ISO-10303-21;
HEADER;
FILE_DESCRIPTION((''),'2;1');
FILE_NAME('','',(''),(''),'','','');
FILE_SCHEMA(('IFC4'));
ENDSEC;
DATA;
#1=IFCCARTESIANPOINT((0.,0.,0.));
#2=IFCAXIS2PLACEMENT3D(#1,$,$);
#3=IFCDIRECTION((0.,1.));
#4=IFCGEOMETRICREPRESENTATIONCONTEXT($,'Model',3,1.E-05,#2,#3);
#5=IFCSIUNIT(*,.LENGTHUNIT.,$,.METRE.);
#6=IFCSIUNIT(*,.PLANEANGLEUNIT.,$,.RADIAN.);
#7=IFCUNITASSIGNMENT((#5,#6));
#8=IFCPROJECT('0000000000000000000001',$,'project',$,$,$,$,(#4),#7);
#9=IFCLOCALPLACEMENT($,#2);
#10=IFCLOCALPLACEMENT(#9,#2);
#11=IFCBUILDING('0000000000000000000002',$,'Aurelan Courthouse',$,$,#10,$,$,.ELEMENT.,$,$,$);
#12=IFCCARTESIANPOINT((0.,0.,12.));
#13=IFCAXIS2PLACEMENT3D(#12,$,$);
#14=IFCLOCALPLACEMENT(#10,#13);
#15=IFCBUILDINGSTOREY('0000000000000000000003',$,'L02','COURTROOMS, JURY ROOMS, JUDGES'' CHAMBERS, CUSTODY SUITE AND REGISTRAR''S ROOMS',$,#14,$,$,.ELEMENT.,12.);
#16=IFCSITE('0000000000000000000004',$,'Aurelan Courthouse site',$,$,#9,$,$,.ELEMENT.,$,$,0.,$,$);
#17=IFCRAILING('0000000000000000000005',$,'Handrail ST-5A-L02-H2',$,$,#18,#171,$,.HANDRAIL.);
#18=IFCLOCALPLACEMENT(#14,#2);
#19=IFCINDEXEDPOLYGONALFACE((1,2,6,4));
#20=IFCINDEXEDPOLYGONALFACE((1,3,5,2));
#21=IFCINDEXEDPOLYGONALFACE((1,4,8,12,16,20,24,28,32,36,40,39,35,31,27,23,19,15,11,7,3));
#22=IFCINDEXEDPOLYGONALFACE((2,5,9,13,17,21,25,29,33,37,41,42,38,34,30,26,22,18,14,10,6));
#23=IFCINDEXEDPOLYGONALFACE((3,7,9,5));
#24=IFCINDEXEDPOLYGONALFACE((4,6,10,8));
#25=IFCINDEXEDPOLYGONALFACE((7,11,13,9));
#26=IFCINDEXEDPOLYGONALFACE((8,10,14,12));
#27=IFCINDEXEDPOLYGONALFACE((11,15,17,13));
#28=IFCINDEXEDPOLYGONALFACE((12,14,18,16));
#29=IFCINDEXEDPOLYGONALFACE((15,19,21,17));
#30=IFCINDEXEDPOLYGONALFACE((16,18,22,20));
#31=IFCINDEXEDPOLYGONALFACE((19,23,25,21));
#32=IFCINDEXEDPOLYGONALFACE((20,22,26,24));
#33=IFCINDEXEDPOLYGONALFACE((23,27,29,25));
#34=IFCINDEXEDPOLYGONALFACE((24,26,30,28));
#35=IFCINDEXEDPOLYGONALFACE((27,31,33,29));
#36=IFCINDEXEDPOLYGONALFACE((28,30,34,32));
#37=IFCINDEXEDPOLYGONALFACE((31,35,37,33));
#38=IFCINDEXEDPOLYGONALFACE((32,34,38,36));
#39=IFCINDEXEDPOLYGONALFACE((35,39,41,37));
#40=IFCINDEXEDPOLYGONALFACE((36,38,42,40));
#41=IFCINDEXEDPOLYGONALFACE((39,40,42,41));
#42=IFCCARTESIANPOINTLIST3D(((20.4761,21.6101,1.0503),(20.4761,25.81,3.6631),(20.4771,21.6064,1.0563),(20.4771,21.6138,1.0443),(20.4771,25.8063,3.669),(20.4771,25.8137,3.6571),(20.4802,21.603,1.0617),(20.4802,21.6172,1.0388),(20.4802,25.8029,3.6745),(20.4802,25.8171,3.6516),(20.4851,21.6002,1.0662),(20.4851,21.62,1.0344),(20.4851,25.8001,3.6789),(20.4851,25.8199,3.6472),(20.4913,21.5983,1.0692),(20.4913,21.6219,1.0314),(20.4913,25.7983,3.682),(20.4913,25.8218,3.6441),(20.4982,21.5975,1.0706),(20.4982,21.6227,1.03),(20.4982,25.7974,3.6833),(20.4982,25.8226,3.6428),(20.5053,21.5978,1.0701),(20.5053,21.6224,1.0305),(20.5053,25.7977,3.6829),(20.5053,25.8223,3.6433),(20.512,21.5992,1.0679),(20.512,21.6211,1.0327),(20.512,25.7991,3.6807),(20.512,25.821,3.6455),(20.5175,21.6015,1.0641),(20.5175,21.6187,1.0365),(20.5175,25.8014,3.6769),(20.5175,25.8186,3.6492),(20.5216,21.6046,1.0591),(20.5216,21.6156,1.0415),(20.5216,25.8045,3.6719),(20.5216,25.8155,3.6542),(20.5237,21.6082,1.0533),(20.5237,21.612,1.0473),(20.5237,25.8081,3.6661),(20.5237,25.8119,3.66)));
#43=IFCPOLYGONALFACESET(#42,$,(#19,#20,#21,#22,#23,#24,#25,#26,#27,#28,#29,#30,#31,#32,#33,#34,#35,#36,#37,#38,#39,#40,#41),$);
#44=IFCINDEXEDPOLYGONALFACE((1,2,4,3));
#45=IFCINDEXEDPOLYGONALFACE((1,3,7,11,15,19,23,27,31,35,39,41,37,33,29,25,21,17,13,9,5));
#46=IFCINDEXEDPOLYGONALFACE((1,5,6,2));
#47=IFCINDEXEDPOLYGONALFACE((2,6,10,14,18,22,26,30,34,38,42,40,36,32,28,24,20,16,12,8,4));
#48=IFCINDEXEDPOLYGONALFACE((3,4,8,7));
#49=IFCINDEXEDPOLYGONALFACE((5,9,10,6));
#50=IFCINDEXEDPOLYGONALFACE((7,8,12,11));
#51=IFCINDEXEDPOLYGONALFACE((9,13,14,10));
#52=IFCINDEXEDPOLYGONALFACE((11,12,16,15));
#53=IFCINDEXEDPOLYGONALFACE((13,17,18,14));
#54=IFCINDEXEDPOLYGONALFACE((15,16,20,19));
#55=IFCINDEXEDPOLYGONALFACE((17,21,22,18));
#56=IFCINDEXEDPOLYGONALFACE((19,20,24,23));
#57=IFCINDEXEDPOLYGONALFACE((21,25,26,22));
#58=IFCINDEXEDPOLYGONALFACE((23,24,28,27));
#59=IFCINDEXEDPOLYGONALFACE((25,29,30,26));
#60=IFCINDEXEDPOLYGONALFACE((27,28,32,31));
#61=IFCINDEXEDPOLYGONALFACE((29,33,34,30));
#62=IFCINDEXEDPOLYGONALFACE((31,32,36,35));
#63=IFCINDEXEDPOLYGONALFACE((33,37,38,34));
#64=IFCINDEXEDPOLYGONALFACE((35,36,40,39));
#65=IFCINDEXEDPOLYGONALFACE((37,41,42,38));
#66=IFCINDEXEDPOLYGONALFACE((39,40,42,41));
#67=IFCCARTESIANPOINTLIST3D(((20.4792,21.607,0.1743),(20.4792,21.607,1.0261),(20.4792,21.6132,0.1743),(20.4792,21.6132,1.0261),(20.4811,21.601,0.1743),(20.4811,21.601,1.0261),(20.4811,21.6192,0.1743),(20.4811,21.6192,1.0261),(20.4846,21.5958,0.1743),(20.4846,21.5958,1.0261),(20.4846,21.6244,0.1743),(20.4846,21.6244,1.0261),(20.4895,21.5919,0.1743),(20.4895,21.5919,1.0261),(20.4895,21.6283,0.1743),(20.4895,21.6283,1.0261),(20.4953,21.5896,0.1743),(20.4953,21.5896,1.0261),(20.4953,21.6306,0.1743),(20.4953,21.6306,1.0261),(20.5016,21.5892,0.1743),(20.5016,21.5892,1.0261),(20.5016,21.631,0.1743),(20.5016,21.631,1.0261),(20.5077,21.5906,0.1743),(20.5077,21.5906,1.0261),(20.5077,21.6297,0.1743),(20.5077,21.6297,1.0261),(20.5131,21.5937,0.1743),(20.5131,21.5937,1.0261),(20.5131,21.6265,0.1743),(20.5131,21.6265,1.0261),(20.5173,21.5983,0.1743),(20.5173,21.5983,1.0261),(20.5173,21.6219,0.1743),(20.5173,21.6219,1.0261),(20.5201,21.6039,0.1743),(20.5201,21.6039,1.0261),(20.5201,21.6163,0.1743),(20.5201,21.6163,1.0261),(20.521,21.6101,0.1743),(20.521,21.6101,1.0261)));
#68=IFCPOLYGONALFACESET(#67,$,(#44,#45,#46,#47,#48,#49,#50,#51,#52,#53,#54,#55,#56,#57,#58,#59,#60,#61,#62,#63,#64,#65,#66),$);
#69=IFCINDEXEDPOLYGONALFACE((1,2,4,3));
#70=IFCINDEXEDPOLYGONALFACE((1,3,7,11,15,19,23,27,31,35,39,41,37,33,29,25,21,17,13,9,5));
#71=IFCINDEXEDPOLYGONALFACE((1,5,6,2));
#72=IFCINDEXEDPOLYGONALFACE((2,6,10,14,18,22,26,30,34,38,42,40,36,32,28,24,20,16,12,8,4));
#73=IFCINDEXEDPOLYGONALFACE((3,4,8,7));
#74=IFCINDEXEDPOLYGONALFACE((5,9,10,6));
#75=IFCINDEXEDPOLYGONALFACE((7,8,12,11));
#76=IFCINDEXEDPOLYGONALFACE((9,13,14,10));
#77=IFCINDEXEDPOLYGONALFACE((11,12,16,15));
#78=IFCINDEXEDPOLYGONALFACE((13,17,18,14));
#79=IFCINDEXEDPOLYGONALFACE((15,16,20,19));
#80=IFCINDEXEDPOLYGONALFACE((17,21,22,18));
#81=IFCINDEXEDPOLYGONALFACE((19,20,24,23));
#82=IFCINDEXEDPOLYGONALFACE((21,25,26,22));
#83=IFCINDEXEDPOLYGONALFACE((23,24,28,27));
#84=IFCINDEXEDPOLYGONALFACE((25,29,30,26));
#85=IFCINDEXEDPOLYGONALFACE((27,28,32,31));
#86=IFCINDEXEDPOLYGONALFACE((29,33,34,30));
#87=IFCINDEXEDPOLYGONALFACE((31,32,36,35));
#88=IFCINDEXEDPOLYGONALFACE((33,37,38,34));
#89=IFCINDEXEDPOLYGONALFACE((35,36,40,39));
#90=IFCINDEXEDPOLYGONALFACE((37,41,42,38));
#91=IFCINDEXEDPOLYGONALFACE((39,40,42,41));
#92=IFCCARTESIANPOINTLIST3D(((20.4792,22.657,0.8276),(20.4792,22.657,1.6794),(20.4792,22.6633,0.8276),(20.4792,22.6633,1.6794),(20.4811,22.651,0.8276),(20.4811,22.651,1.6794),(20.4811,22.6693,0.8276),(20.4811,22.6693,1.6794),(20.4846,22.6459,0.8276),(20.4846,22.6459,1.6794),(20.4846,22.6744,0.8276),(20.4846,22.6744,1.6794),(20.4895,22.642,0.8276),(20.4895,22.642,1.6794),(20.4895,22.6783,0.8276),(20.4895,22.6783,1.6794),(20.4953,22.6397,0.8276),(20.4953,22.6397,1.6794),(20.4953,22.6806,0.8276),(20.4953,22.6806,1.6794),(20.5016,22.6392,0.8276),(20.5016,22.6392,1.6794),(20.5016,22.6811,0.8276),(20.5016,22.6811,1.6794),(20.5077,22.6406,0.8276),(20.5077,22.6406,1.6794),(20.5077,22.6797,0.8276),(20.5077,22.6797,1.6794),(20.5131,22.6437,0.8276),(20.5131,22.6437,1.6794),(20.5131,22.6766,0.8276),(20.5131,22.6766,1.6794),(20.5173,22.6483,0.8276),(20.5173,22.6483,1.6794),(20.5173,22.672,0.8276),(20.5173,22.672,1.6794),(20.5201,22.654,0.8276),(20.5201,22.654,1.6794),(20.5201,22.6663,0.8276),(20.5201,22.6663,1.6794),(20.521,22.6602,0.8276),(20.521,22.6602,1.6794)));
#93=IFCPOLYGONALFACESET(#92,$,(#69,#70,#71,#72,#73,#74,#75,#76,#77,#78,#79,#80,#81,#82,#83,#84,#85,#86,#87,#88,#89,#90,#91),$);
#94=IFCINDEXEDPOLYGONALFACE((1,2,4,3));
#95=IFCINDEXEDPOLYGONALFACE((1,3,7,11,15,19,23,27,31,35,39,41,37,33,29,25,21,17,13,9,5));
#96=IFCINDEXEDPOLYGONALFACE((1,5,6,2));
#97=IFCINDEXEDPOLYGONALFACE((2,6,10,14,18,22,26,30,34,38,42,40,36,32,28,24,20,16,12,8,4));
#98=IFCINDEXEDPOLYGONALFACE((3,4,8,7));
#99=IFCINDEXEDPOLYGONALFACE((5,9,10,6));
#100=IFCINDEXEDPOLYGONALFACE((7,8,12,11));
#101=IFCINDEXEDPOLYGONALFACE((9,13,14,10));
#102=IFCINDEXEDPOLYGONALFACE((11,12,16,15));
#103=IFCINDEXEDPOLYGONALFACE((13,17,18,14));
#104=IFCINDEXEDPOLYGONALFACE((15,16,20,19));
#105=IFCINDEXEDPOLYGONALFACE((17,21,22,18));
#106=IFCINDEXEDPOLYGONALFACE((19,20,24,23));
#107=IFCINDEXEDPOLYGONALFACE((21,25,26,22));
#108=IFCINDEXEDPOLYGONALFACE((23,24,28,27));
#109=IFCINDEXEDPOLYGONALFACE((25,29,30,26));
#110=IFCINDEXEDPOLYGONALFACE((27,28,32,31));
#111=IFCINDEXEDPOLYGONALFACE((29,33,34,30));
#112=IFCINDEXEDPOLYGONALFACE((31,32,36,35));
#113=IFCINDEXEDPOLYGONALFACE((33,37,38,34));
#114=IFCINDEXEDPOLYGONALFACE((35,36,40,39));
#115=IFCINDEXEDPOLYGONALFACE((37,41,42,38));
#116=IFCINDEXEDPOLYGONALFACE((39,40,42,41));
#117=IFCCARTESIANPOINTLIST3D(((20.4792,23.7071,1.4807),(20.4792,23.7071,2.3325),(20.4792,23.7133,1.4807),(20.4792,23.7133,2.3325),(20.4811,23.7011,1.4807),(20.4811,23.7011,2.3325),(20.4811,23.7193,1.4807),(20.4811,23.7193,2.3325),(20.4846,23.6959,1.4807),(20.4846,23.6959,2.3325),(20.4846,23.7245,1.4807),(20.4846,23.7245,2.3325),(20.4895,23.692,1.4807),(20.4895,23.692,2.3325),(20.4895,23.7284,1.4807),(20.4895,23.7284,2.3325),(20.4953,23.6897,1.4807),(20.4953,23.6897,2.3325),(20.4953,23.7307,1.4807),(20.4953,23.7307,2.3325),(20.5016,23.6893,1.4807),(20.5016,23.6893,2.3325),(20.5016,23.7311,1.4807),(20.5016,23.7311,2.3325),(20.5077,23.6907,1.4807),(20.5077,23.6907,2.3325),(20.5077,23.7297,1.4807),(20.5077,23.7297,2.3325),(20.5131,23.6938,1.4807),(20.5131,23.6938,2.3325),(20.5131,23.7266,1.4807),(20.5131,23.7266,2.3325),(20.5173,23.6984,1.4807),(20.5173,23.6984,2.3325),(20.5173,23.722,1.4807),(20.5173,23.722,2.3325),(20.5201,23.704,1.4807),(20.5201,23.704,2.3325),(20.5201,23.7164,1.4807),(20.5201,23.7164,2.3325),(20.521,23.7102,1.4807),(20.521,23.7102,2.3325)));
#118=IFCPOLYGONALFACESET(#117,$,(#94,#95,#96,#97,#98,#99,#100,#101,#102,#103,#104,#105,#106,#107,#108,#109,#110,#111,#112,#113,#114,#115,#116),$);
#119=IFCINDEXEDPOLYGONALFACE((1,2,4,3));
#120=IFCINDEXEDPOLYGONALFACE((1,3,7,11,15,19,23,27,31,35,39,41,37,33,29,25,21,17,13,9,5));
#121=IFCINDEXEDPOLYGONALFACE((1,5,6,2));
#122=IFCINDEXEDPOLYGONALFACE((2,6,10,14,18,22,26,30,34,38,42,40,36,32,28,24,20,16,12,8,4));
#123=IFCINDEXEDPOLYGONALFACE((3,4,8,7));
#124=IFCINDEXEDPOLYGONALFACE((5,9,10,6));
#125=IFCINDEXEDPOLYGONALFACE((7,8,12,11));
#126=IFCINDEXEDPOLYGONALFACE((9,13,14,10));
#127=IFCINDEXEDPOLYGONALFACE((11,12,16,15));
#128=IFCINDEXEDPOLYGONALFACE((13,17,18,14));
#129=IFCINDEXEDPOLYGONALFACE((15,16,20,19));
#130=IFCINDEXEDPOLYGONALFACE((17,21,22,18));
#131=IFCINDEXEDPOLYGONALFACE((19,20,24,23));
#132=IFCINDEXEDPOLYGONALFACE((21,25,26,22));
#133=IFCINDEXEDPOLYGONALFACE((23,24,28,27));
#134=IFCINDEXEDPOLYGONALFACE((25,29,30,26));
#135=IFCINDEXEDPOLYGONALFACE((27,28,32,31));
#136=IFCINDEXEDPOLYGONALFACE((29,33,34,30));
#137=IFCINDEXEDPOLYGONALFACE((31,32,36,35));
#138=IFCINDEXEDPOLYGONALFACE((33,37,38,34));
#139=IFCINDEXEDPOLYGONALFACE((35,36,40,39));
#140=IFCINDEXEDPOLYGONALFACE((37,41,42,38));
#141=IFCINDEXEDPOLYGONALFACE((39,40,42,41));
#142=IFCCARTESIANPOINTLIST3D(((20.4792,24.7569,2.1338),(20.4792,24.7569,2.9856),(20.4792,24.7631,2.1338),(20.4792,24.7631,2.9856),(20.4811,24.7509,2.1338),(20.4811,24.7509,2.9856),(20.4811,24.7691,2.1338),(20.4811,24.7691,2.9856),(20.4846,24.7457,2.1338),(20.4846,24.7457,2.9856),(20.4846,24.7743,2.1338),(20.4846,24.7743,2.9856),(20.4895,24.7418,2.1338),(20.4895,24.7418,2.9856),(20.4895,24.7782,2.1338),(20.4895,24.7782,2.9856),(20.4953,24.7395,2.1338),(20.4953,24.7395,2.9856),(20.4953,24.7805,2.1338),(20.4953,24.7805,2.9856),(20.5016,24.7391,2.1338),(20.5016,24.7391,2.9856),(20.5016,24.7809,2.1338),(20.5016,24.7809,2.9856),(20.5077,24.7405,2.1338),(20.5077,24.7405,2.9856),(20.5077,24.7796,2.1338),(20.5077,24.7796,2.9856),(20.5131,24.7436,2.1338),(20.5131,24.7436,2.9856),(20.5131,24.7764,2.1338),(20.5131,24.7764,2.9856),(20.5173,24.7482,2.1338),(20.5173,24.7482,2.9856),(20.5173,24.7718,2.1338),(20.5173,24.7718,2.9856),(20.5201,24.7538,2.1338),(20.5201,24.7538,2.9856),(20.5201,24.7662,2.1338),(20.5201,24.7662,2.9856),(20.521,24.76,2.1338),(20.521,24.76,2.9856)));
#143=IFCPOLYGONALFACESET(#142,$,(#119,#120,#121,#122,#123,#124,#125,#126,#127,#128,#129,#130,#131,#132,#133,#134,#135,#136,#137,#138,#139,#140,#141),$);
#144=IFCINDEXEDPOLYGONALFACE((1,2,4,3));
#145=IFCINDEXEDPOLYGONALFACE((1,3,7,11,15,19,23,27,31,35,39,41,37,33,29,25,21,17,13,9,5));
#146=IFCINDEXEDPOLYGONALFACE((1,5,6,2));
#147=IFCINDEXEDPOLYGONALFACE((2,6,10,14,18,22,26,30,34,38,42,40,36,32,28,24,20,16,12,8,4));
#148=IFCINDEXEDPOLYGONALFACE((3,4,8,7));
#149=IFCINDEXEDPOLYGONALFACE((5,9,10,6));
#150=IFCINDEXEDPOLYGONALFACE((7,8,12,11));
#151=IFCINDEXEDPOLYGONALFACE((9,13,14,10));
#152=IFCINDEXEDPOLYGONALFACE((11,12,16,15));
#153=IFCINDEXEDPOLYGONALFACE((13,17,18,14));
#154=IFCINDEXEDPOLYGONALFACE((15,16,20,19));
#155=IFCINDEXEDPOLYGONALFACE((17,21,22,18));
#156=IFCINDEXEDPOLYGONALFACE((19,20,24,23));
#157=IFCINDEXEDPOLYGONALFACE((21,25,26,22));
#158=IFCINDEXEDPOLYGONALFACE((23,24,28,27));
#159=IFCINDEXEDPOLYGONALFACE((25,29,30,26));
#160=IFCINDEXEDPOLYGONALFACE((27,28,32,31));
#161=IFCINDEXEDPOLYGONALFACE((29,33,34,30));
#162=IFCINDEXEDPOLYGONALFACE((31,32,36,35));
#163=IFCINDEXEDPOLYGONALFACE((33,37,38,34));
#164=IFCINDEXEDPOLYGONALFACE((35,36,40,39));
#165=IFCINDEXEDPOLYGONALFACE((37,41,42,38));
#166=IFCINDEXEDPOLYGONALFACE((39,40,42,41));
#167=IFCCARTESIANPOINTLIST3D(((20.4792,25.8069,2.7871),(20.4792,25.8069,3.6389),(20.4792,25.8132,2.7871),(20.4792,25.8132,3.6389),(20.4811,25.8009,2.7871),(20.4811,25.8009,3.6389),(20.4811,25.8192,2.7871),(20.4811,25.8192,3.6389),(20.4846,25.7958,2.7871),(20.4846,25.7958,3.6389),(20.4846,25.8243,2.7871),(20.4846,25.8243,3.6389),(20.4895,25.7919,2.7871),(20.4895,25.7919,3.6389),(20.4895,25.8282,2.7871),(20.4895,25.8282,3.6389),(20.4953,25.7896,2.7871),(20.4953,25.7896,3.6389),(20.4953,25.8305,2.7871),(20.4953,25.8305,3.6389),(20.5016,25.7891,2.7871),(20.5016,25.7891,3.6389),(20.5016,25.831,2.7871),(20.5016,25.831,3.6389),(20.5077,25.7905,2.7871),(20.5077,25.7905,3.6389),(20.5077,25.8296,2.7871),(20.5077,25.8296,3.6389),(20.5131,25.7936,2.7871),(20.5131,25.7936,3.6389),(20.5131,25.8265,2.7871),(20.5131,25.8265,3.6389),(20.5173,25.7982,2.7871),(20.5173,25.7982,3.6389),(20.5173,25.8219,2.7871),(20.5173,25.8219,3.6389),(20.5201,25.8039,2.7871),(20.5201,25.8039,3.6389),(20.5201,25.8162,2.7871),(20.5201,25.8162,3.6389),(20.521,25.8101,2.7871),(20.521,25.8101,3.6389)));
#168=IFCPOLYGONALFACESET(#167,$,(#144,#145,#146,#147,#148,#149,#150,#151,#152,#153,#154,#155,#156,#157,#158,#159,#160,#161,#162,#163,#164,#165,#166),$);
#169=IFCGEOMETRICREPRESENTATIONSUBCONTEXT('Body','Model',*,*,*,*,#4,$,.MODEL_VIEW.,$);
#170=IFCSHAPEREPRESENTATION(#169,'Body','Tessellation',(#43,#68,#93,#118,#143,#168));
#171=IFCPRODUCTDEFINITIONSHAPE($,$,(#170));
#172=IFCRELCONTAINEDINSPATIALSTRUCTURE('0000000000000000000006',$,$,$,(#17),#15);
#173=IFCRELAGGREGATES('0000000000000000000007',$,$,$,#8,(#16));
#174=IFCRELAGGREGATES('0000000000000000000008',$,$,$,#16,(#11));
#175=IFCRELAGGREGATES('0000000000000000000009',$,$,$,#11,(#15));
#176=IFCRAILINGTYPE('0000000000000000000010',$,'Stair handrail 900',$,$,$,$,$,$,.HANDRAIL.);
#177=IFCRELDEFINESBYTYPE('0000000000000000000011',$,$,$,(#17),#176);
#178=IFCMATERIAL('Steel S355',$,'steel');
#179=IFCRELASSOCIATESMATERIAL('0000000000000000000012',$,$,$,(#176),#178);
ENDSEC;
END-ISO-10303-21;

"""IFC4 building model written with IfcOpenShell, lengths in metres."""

from ifc_helpers import new_model, si_unit, direction, frame, origin, origin_2d, place, context, subcontext, project, spatial, circle, extrude, material, type_object, element, save


model = new_model("IFC4")

# Units and contexts
model_context = context("Model", 3, precision=1e-05, world=origin(), true_north=direction((0.0, 1.0)))
body_context = subcontext(model_context, "Body", "Model", "MODEL_VIEW")
ifc_project = project(units=[si_unit("LENGTHUNIT", "METRE"), si_unit("PLANEANGLEUNIT", "RADIAN")], contexts=[model_context])

# Site, building, storey
site_placement = place(None, origin())
site = spatial("IfcSite", under=ifc_project, at=site_placement, Name="Aurelan Courthouse site", CompositionType="ELEMENT", RefElevation=0.0)
building_placement = place(site_placement, origin())
building = spatial("IfcBuilding", under=site, at=building_placement, Name="Aurelan Courthouse", CompositionType="ELEMENT")
storey_placement = place(building_placement, frame((0.0, 0.0, 12.0)))
storey = spatial("IfcBuildingStorey", under=building, at=storey_placement, Name="L02", Description="COURTROOMS, JURY ROOMS, JUDGES' CHAMBERS, CUSTODY SUITE AND REGISTRAR'S ROOMS", CompositionType="ELEMENT", Elevation=12.0)

# Railing
ifc_material_1 = material(Name="Steel S355", Category="steel")
railing_type_1 = type_object("IfcRailingType", Name="Stair handrail 900", PredefinedType="HANDRAIL", material=ifc_material_1)
for number, where, name in (
    (1, (20.5, 21.6101, 0.1743), "Handrail ST-5A-L02-H2"),
):
    element("IfcRailing", number, at=place(storey_placement, frame(where)), inside=storey, type_object=railing_type_1, Name=name, PredefinedType="HANDRAIL", context=body_context, shape_type="SweptSolid", body=[
        extrude(circle(Radius=0.0239, at=origin_2d()), frame((0.0, 0.0, 0.876), z_axis=(0.0, 0.849103, 0.528228), x_axis=(-1.0, 0.0, 0.0)), (0.0, 0.0, 1.0), 4.9463),
        extrude(circle(Radius=0.021, at=origin_2d()), origin(), (0.0, 0.0, 1.0), 0.8518),
        extrude(circle(Radius=0.021, at=origin_2d()), frame((0.0, 1.05, 0.6533)), (0.0, 0.0, 1.0), 0.8518),
        extrude(circle(Radius=0.021, at=origin_2d()), frame((0.0, 2.1001, 1.3064)), (0.0, 0.0, 1.0), 0.8518),
        extrude(circle(Radius=0.021, at=origin_2d()), frame((0.0, 3.1499, 1.9595)), (0.0, 0.0, 1.0), 0.8518),
        extrude(circle(Radius=0.021, at=origin_2d()), frame((0.0, 4.2, 2.6128)), (0.0, 0.0, 1.0), 0.8518),
    ])

save(model, "model.ifc")
